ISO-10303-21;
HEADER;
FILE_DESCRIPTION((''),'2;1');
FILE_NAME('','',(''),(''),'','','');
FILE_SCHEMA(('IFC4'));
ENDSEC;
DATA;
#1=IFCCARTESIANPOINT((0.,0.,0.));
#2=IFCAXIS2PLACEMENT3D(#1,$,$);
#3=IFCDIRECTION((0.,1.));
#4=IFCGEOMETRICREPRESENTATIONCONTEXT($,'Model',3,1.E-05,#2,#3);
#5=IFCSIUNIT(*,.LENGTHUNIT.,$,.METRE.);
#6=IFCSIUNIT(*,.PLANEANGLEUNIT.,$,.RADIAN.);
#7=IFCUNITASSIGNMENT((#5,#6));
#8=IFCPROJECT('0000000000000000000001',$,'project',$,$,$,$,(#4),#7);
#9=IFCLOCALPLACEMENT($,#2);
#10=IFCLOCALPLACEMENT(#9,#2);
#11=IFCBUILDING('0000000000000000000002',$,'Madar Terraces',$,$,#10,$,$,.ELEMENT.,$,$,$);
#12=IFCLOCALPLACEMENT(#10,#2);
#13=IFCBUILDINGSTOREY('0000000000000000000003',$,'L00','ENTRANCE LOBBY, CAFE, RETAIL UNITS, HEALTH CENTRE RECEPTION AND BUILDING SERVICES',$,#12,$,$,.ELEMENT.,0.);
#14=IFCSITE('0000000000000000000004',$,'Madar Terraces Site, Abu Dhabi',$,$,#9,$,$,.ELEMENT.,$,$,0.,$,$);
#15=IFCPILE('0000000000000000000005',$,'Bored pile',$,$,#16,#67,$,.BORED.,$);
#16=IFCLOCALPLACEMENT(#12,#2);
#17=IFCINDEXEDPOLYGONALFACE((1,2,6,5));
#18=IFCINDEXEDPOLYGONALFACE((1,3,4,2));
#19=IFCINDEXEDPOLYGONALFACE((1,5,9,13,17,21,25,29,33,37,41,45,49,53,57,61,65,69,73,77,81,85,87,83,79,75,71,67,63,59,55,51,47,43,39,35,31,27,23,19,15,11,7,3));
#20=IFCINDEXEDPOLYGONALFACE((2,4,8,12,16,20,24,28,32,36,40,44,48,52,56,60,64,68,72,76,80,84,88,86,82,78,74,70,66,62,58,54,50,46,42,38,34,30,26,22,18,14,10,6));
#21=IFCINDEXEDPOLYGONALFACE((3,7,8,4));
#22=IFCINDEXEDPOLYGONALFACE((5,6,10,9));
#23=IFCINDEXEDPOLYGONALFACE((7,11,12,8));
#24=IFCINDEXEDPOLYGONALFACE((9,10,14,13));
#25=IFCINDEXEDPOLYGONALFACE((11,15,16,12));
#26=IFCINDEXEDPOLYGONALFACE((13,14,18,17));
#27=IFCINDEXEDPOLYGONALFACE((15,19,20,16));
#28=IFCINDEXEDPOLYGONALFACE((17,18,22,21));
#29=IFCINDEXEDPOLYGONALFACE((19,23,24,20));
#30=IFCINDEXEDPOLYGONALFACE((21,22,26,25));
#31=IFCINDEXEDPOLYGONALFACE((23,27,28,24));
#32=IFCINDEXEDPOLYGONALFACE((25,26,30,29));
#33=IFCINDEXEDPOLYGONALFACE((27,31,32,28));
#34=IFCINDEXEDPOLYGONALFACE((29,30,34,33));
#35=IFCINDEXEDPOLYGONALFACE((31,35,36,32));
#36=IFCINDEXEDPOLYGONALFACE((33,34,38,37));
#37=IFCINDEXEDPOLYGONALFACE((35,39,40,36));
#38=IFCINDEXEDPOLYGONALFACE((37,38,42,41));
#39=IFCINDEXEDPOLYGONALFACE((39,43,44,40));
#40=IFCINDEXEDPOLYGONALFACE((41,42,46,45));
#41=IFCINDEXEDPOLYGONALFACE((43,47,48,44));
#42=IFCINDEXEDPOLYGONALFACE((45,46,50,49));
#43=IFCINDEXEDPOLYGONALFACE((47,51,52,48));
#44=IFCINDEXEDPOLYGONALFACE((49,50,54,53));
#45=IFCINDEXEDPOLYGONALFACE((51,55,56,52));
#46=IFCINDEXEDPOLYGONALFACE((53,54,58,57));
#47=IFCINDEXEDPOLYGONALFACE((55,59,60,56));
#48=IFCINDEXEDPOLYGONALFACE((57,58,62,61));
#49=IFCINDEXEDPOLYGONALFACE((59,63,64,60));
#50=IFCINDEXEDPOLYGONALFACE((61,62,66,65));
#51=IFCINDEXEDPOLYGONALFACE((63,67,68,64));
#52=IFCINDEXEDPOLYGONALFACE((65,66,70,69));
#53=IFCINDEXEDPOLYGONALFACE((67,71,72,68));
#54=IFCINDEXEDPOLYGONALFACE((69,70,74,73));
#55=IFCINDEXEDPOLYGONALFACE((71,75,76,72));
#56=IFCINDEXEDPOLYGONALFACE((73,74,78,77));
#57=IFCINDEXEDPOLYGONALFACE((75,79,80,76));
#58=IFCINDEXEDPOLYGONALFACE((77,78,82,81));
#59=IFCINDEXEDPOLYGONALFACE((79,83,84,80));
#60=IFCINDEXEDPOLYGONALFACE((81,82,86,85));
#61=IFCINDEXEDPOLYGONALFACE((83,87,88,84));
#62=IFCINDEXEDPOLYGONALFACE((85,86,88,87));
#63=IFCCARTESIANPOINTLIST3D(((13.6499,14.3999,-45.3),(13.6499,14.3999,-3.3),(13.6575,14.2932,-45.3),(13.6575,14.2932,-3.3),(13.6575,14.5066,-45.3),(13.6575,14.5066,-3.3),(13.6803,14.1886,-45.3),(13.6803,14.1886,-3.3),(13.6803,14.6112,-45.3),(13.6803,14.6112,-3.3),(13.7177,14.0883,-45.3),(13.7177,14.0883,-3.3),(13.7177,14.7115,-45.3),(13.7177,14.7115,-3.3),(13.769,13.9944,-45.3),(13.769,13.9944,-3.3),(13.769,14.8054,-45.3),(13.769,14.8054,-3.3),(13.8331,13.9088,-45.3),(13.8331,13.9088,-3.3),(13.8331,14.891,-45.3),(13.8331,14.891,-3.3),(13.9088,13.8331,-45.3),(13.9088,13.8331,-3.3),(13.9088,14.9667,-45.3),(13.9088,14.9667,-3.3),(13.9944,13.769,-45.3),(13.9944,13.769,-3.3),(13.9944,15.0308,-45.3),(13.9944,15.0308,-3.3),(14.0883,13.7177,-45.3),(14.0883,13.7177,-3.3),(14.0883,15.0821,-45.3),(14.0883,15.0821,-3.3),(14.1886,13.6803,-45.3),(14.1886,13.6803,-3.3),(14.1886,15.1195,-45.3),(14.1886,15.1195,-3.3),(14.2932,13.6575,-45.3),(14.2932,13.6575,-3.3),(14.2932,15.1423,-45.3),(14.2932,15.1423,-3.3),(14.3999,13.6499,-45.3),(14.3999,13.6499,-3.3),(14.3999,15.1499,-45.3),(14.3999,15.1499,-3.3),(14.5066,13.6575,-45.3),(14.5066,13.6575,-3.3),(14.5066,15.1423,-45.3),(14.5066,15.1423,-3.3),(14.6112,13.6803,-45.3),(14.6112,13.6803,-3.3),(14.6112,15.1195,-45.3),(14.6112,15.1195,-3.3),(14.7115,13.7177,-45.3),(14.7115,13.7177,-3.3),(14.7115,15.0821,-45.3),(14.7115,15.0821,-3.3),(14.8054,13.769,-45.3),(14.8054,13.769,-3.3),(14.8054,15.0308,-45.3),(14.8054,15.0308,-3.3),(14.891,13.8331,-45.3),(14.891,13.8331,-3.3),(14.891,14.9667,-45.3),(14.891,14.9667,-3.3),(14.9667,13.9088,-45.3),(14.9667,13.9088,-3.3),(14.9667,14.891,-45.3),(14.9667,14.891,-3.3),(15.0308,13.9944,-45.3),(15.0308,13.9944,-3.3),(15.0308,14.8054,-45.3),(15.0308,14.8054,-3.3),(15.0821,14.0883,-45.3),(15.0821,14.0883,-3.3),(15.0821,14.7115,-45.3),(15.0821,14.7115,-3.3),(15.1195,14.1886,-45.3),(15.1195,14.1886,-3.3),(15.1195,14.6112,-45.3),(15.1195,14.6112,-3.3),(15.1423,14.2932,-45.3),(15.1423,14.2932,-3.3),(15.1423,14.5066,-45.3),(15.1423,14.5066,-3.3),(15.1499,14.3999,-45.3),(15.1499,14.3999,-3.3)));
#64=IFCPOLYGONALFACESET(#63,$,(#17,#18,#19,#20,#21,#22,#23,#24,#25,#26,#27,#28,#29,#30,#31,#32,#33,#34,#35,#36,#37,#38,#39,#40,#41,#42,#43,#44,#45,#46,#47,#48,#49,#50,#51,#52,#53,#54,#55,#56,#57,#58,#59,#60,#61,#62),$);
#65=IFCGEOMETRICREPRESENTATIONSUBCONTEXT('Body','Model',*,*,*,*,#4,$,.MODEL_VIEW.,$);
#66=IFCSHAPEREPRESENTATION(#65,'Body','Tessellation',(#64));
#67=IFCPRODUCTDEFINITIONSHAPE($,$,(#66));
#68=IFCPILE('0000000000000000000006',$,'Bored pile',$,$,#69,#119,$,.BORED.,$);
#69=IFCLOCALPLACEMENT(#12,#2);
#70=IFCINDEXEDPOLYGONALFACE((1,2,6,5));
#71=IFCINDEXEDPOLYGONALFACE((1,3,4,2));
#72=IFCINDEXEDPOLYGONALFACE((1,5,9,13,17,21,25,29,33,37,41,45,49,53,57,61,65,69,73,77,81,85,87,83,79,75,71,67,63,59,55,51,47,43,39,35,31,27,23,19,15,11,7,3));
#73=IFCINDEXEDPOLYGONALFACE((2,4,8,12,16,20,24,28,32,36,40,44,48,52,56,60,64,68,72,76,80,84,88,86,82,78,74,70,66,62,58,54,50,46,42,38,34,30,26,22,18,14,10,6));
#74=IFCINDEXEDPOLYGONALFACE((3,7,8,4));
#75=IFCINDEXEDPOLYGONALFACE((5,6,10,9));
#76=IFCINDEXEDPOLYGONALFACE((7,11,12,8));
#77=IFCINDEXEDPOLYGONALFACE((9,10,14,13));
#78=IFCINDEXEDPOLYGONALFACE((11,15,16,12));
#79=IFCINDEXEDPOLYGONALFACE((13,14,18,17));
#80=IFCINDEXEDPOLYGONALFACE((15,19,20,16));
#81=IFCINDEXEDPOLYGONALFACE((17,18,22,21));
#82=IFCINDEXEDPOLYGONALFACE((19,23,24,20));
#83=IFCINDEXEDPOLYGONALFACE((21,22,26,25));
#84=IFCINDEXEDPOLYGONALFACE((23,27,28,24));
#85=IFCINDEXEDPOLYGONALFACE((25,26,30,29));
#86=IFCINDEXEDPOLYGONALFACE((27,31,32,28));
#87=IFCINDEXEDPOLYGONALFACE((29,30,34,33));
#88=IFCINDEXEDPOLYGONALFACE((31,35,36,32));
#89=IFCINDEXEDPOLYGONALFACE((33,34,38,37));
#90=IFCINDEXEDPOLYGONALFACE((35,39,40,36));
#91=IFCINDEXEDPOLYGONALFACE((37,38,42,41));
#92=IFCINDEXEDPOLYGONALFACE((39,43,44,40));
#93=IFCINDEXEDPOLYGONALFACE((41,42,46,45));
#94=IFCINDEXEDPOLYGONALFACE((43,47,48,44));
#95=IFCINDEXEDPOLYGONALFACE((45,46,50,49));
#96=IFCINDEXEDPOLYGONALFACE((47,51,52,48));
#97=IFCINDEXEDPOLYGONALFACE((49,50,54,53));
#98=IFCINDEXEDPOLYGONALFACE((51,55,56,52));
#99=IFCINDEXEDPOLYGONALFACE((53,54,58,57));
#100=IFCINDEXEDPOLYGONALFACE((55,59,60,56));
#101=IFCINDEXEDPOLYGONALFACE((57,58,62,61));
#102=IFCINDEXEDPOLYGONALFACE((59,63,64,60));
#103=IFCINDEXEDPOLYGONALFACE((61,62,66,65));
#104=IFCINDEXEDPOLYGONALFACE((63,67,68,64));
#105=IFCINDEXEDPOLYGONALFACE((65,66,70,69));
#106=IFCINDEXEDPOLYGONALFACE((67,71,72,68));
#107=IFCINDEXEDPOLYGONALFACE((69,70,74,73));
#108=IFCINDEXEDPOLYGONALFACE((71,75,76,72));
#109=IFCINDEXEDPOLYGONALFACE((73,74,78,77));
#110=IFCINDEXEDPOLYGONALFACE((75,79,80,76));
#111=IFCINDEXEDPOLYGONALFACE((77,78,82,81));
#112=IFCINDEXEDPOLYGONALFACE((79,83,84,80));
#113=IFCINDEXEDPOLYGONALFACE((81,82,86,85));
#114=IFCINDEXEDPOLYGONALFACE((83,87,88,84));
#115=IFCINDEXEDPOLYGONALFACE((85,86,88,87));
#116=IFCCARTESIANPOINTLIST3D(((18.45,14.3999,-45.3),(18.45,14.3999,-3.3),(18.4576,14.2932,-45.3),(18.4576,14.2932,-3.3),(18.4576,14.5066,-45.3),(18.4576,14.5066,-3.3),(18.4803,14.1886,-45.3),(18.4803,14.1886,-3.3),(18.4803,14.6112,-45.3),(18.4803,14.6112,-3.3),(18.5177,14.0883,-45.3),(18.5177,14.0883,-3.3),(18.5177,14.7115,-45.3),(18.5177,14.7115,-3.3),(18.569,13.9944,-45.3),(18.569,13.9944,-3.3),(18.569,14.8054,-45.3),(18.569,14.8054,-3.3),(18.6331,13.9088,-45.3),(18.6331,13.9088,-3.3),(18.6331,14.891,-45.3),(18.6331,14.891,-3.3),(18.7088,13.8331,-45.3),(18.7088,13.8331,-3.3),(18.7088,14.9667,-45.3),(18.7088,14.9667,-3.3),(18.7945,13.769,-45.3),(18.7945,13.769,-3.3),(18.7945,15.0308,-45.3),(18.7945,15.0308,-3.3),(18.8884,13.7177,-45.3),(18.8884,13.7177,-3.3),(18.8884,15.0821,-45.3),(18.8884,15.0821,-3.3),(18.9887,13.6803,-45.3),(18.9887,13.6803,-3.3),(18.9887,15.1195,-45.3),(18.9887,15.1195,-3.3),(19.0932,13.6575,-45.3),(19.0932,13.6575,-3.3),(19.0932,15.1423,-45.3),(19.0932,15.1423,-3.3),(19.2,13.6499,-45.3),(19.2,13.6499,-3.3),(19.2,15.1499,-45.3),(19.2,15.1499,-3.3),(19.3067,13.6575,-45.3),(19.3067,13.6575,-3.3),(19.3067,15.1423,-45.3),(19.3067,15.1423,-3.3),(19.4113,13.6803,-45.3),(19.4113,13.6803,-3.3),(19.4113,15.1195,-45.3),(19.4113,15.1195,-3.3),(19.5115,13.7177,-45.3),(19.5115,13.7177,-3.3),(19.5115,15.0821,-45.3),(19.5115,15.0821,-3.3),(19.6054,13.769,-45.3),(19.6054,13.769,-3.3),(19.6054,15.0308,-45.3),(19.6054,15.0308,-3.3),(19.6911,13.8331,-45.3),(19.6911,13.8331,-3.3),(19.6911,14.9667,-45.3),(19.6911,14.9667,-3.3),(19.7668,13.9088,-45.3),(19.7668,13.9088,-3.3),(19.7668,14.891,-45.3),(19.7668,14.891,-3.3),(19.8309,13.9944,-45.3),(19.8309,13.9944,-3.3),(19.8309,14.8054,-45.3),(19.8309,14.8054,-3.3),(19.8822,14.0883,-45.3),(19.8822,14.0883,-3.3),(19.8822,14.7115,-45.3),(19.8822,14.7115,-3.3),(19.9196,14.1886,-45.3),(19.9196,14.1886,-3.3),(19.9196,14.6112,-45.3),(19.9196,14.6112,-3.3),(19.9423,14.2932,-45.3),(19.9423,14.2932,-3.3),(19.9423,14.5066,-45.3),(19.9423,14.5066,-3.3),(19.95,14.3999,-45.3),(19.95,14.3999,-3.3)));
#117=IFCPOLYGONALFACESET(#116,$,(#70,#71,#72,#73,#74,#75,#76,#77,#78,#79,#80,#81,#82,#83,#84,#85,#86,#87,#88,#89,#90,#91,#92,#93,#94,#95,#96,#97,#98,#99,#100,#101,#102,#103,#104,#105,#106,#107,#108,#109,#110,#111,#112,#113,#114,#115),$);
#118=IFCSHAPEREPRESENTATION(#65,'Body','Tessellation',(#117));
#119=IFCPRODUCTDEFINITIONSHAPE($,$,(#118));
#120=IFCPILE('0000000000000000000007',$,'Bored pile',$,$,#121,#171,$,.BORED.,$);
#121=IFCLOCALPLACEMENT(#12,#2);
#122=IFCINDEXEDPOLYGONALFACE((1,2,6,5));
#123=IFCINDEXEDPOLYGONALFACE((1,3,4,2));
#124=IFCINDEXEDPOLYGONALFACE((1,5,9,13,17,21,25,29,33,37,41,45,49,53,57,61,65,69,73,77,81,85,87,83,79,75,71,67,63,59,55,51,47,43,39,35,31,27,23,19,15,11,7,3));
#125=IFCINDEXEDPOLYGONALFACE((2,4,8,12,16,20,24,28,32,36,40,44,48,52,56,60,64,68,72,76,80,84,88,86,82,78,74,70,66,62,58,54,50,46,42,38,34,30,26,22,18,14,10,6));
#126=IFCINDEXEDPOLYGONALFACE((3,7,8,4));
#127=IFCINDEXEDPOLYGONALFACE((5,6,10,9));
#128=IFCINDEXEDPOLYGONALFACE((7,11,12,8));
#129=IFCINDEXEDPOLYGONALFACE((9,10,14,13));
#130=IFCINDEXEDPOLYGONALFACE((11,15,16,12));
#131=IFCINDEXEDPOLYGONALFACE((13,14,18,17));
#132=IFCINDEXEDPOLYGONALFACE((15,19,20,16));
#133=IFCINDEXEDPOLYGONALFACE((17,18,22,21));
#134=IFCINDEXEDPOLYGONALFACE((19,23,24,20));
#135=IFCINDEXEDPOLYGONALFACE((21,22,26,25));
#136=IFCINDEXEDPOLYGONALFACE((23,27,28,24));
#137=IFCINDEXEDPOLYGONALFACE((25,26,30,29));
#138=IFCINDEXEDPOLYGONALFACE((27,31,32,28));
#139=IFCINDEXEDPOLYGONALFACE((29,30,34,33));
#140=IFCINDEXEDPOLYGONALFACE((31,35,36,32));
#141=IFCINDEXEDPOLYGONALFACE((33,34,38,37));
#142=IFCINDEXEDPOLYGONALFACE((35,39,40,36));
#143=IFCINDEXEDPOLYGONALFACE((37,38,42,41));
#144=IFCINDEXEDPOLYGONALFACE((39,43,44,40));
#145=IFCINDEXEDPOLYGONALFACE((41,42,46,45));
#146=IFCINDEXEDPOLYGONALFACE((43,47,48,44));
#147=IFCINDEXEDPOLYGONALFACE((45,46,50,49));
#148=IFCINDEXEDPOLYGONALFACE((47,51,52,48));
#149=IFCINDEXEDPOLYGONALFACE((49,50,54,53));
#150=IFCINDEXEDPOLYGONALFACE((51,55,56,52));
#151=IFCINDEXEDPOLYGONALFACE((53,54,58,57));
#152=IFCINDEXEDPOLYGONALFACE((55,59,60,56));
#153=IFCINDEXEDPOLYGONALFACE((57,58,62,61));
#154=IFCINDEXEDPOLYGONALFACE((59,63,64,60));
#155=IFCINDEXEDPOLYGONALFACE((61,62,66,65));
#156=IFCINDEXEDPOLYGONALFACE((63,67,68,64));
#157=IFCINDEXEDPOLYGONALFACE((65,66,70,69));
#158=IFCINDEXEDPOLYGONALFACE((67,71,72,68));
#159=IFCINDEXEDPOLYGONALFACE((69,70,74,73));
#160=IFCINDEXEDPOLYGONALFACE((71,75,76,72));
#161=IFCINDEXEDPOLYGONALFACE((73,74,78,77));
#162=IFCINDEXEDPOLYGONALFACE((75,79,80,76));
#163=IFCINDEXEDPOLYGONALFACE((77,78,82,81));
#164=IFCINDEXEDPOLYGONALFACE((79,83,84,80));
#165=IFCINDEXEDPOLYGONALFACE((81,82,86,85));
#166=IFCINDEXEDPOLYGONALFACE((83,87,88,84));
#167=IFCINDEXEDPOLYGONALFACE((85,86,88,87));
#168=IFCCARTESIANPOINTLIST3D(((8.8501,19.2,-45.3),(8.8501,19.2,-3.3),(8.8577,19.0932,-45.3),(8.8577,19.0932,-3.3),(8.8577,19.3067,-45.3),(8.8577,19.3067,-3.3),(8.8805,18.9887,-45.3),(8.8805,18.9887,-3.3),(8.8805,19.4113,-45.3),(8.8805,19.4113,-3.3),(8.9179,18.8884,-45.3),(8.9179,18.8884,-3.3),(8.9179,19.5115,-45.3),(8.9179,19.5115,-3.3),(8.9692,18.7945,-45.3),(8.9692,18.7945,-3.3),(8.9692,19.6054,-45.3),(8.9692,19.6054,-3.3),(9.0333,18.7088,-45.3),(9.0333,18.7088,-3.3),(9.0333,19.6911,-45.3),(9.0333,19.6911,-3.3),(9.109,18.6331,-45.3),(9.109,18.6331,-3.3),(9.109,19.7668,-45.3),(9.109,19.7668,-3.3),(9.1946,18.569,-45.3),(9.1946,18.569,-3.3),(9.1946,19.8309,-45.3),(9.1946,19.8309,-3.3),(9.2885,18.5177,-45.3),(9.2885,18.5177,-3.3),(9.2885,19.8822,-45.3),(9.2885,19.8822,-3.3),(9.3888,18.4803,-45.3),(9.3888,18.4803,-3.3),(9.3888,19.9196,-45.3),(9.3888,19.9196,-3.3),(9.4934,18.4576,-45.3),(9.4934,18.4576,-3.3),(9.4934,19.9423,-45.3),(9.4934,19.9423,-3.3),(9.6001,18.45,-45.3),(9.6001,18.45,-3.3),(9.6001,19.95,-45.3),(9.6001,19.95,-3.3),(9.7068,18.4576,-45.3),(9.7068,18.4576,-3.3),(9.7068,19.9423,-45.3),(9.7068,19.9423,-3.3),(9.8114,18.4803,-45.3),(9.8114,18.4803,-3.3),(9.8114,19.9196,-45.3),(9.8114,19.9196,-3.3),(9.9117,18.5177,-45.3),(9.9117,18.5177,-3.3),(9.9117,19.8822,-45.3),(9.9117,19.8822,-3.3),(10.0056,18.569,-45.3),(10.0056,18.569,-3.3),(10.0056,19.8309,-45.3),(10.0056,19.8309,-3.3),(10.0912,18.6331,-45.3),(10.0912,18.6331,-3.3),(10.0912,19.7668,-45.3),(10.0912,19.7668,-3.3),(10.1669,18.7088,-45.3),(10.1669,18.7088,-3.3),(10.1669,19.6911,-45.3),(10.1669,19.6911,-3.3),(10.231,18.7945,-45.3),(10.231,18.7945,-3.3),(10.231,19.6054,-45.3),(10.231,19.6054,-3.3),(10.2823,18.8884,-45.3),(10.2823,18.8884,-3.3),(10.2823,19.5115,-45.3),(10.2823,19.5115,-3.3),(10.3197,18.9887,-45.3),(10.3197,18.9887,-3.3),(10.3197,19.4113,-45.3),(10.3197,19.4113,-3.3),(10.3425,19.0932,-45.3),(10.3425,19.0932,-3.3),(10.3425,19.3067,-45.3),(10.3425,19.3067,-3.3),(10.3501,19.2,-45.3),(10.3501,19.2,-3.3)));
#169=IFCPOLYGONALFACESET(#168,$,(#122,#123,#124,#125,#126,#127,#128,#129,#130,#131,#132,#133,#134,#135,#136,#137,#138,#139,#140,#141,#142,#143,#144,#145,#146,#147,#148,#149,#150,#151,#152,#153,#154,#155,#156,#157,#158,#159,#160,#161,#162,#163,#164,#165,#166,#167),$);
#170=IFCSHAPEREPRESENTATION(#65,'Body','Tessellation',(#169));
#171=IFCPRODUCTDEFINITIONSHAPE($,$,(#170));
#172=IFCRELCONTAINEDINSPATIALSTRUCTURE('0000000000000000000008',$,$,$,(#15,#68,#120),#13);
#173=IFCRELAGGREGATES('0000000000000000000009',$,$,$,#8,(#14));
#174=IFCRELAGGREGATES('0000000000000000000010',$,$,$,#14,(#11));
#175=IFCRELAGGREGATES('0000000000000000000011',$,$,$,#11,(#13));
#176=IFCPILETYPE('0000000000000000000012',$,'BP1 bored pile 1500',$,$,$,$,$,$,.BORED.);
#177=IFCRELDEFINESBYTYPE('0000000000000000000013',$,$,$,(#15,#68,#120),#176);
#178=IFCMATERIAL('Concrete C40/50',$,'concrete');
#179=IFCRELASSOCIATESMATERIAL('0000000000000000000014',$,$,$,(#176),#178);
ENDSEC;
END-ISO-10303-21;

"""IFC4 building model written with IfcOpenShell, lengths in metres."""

from ifc_helpers import new_model, si_unit, direction, frame, origin, origin_2d, place, context, subcontext, project, spatial, circle, extrude, material, material_profile, profile_set, type_object, element, save


model = new_model("IFC4")

# Units and contexts
model_context = context("Model", 3, precision=1e-05, world=origin(), true_north=direction((0.0, 1.0)))
body_context = subcontext(model_context, "Body", "Model", "MODEL_VIEW")
ifc_project = project(units=[si_unit("LENGTHUNIT", "METRE"), si_unit("PLANEANGLEUNIT", "RADIAN")], contexts=[model_context])

# Site, building, storey
site_placement = place(None, origin())
site = spatial("IfcSite", under=ifc_project, at=site_placement, Name="Madar Terraces Site, Abu Dhabi", CompositionType="ELEMENT", RefElevation=0.0)
building_placement = place(site_placement, origin())
building = spatial("IfcBuilding", under=site, at=building_placement, Name="Madar Terraces", CompositionType="ELEMENT")
storey_placement = place(building_placement, origin())
storey = spatial("IfcBuildingStorey", under=building, at=storey_placement, Name="L00", Description="ENTRANCE LOBBY, CAFE, RETAIL UNITS, HEALTH CENTRE RECEPTION AND BUILDING SERVICES", CompositionType="ELEMENT", Elevation=0.0)

# Piles
ifc_material_1 = material(Name="Concrete C40/50", Category="concrete")
ifc_material_profile = material_profile(ifc_material_1, circle(Radius=0.75, at=origin_2d()), Name="BP1 bored pile 1500")
ifc_profile_set = profile_set([ifc_material_profile], Name="Concrete C40/50")
pile_type = type_object("IfcPileType", Name="BP1 bored pile 1500", PredefinedType="BORED", material=ifc_profile_set)
for number, where, z_axis, x_axis, name in (
    (1, (14.3999, 14.3999, -3.3), (0.0, 0.0, -1.0), (1.0, 0.0, 0.0), "Bored pile"),
    (2, (19.2, 14.3999, -3.3), (0.0, 0.0, -1.0), (1.0, 0.0, 0.0), "Bored pile"),
    (3, (9.6001, 19.2, -3.3), (0.0, 0.0, -1.0), (1.0, 0.0, 0.0), "Bored pile"),
):
    element("IfcPile", number, at=place(storey_placement, frame(where, z_axis=z_axis, x_axis=x_axis)), inside=storey, type_object=pile_type, Name=name, PredefinedType="BORED", context=body_context, shape_type="SweptSolid", body=[
        extrude(circle(Radius=0.75, at=origin_2d()), origin(), (0.0, 0.0, 1.0), 42.0),
    ])

save(model, "model.ifc")
